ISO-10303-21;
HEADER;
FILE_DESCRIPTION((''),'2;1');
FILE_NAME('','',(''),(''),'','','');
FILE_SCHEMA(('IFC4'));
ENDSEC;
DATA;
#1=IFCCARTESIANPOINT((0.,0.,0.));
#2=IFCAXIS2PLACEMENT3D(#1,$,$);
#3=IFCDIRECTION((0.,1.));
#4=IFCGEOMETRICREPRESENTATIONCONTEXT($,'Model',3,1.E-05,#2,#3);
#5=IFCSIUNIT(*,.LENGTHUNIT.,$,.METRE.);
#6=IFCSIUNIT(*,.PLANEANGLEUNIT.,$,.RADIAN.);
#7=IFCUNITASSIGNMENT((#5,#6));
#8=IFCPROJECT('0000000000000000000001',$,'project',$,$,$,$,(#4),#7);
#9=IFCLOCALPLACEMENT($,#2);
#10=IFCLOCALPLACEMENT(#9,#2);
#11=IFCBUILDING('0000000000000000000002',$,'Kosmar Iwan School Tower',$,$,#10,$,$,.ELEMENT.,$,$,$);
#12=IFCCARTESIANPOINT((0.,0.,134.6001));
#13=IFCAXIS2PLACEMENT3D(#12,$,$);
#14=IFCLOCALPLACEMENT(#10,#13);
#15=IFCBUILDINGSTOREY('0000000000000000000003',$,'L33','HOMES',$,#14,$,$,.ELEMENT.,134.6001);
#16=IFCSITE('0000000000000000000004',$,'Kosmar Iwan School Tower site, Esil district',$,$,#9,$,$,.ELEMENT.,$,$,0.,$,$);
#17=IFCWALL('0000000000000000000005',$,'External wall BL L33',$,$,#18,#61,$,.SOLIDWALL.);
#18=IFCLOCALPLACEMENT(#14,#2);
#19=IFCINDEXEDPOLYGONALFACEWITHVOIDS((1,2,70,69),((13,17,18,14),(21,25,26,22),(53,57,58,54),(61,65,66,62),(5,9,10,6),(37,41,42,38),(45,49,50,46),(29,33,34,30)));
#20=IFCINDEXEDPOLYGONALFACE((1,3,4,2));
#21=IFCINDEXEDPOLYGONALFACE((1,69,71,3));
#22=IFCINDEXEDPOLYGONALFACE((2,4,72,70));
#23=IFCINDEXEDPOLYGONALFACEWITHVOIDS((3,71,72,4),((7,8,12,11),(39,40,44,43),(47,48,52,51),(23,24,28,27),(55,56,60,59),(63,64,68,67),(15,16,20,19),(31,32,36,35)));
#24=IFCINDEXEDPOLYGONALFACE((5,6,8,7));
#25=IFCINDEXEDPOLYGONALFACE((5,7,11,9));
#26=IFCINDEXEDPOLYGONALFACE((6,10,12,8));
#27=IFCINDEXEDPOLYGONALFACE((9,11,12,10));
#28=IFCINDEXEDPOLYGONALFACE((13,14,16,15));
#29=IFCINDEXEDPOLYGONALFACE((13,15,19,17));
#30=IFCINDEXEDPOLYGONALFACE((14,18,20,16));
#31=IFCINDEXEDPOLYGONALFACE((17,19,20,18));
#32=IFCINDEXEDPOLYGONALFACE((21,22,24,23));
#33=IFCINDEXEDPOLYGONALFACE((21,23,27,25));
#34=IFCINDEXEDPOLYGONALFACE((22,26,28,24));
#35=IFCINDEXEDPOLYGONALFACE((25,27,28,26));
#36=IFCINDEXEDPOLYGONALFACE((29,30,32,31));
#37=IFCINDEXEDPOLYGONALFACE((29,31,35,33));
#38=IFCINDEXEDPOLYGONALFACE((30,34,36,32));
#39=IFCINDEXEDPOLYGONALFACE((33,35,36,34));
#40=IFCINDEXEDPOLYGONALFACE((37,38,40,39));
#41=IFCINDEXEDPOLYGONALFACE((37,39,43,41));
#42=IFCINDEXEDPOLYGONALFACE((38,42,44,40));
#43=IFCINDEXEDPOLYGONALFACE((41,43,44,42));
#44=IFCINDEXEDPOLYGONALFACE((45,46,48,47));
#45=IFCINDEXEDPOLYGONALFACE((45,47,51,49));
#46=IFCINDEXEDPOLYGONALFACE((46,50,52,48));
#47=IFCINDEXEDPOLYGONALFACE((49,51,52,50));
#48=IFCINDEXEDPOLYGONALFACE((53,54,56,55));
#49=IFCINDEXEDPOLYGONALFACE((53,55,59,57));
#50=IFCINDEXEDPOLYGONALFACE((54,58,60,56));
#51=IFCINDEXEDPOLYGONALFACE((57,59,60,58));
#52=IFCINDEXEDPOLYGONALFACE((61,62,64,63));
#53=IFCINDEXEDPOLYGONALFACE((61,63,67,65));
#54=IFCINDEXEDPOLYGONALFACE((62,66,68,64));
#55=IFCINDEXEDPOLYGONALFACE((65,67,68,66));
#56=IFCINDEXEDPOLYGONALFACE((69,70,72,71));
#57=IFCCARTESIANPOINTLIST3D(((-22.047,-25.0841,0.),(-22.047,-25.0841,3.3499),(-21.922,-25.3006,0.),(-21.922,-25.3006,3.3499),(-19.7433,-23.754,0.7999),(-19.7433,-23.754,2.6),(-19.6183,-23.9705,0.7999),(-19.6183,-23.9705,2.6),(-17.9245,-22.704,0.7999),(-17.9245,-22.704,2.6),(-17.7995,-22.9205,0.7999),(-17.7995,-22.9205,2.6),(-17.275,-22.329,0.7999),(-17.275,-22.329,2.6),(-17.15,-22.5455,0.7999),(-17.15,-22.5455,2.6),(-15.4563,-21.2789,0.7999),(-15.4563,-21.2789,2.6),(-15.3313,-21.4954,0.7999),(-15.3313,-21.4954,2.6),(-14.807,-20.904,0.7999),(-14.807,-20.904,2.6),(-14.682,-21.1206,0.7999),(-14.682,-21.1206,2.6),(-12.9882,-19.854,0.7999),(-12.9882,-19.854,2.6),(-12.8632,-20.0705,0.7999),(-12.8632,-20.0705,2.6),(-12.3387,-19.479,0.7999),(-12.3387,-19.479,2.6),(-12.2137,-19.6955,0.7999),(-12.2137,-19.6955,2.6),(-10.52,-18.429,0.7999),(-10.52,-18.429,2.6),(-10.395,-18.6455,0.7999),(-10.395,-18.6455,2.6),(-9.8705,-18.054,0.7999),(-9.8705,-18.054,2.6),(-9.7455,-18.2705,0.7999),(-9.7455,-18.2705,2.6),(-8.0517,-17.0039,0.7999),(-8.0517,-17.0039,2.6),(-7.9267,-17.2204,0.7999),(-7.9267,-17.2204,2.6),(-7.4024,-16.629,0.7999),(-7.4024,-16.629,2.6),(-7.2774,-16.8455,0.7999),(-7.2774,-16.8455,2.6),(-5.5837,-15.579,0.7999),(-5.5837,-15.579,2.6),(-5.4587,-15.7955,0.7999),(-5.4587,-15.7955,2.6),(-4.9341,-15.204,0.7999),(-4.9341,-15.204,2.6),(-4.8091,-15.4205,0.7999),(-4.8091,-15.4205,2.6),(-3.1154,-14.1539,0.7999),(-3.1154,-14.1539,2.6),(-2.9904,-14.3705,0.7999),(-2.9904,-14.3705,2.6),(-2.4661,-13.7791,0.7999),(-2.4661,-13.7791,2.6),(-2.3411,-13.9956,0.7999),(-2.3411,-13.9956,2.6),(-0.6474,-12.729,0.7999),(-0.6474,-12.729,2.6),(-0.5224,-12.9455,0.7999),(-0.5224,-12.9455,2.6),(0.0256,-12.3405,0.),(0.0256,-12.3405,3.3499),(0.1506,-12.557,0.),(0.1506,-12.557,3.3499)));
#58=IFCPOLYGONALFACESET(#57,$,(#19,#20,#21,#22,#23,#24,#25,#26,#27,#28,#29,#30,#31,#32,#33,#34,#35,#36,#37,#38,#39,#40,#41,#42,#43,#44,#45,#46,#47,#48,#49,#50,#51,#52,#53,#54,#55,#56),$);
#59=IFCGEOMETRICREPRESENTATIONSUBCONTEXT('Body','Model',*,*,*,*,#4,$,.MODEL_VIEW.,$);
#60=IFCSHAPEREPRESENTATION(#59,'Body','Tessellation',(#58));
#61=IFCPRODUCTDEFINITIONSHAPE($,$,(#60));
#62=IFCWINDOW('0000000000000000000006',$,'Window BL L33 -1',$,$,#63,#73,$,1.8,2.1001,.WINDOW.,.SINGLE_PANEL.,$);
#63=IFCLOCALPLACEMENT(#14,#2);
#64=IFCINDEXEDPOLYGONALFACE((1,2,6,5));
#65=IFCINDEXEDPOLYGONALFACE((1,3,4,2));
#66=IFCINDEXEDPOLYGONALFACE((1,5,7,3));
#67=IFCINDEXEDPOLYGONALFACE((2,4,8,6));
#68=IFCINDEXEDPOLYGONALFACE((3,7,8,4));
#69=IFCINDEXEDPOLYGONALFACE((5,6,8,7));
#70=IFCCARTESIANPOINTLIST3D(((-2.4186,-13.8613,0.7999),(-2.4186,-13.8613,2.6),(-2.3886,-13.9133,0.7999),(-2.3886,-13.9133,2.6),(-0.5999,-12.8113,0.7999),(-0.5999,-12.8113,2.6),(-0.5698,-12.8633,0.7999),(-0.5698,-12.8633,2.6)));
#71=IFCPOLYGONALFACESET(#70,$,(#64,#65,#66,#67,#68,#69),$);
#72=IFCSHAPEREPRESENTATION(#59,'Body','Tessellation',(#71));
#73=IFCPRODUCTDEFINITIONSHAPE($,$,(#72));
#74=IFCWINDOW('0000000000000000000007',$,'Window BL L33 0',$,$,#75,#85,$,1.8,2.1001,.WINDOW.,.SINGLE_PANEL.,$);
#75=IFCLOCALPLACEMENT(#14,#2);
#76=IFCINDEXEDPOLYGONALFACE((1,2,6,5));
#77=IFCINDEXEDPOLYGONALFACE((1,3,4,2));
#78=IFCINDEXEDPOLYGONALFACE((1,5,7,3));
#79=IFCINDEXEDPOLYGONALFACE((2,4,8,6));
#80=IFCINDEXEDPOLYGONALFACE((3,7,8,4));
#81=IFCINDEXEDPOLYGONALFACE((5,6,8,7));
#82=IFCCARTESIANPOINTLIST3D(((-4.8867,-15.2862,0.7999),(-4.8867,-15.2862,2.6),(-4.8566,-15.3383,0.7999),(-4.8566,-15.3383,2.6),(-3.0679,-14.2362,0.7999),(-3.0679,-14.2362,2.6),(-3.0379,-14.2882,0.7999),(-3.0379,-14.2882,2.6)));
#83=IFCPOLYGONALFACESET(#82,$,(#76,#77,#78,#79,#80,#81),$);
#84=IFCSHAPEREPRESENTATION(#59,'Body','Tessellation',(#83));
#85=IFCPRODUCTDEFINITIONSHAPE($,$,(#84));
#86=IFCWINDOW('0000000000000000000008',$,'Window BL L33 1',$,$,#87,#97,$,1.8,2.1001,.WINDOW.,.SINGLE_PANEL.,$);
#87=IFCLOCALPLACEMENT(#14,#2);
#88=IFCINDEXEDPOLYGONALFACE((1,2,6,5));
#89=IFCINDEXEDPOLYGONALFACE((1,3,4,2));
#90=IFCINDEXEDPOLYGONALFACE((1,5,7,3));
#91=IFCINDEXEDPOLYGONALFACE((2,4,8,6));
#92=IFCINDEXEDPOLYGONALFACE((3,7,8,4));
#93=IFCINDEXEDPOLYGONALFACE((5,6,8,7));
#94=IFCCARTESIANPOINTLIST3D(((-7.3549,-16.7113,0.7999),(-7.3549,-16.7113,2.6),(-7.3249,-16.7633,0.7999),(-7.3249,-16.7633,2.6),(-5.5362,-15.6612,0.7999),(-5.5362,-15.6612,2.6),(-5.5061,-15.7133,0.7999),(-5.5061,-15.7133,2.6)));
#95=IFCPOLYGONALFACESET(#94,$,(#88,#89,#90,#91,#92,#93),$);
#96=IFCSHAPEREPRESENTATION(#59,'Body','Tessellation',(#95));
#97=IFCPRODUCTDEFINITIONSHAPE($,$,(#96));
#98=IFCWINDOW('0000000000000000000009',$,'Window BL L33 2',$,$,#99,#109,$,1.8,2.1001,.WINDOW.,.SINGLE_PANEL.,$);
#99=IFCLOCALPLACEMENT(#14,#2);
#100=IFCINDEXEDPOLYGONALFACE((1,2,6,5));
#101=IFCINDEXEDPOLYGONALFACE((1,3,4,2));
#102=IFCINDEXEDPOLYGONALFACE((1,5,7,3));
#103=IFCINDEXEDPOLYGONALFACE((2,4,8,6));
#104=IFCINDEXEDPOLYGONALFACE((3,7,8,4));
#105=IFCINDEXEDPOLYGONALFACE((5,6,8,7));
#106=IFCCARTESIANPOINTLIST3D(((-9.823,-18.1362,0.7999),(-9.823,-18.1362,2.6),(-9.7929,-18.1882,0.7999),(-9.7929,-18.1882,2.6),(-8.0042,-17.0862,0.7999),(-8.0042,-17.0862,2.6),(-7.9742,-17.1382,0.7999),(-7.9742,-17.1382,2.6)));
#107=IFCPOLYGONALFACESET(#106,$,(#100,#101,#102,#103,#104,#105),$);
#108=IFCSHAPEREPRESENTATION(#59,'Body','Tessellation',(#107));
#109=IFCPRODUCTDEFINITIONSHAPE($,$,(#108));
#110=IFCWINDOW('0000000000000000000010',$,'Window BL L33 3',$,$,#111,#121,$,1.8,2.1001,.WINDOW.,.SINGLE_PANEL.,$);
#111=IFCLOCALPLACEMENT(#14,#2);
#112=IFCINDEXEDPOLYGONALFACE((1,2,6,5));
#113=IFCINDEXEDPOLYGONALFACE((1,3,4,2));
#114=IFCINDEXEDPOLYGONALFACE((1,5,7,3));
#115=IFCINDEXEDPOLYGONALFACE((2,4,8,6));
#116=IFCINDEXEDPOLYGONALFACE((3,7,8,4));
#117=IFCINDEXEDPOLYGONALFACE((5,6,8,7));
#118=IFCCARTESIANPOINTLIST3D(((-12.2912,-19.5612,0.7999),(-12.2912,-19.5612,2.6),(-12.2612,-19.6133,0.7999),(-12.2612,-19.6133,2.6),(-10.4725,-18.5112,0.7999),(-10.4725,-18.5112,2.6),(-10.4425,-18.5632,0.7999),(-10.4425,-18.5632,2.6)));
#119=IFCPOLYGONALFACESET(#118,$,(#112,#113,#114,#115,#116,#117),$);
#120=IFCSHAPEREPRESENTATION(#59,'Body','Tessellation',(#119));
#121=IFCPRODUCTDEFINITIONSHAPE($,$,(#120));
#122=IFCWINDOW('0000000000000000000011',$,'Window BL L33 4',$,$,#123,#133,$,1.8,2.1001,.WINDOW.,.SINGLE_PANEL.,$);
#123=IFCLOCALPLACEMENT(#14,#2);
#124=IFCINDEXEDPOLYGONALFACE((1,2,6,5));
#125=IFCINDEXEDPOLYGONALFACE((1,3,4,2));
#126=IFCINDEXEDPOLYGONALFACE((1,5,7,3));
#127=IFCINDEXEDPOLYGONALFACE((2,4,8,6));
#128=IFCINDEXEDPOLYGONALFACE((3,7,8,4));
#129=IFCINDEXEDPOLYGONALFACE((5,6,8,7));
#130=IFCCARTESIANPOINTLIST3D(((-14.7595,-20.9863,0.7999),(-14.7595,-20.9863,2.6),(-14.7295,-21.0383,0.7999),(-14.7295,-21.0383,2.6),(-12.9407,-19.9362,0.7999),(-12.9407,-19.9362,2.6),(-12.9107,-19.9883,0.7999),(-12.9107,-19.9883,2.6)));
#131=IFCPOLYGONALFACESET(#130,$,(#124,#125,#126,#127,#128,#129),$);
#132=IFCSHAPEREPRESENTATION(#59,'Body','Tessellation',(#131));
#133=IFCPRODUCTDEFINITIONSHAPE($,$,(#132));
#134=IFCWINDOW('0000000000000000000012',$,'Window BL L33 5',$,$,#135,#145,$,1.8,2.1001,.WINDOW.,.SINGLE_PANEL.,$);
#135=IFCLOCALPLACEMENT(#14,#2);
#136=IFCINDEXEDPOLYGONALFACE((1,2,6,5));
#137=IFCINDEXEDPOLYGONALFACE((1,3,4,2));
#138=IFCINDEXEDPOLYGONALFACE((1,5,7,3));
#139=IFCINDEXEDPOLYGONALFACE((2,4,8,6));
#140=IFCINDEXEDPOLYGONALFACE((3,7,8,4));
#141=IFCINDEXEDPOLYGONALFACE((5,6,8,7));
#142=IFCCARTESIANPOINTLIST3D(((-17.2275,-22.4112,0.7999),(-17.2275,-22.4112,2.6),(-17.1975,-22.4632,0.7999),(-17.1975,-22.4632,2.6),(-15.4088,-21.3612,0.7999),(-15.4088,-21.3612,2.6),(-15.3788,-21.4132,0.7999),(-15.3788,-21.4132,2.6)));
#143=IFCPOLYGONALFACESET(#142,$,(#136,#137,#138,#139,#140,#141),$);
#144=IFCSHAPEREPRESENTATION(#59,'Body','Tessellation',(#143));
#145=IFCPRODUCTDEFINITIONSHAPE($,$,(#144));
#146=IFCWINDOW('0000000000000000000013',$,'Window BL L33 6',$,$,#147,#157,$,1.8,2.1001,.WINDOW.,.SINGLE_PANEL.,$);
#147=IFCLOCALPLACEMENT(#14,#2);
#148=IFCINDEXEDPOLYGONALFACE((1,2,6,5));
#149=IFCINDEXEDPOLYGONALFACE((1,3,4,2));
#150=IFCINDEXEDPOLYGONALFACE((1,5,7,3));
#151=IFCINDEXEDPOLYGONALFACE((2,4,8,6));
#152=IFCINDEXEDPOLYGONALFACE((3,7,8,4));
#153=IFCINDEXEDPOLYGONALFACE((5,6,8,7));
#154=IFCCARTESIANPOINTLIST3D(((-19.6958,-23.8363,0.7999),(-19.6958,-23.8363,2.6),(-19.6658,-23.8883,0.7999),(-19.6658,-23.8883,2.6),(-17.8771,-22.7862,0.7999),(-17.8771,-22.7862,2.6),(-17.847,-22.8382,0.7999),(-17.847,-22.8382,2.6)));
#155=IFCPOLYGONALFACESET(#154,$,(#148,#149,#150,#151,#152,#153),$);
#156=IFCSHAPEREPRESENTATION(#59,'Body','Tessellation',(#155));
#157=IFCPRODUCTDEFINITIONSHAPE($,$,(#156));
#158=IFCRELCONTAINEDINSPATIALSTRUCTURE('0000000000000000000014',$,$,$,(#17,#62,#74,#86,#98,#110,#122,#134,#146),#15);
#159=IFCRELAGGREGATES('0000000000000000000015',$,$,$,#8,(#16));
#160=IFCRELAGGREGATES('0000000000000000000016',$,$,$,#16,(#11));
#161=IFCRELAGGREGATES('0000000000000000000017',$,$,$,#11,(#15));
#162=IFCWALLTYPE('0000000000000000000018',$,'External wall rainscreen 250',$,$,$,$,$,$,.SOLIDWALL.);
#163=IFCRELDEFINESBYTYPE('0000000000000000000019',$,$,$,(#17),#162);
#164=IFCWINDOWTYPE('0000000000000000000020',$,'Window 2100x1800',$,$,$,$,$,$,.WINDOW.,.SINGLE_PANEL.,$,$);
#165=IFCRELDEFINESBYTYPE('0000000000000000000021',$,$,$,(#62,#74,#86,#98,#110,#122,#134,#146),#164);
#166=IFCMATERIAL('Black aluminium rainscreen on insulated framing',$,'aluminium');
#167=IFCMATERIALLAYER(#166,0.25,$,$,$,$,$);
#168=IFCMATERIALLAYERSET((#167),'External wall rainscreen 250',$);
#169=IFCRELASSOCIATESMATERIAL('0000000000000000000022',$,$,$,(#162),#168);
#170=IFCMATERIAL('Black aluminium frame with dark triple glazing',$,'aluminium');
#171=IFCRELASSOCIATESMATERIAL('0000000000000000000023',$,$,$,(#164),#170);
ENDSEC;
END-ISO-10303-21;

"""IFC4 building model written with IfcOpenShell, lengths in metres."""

from ifc_helpers import new_model, si_unit, direction, frame, frame_2d, origin, place, context, subcontext, project, spatial, rectangle, extrude, material, layer, layer_set, type_object, element, fill, save


model = new_model("IFC4")

# Units and contexts
model_context = context("Model", 3, precision=1e-05, world=origin(), true_north=direction((0.0, 1.0)))
body_context = subcontext(model_context, "Body", "Model", "MODEL_VIEW")
ifc_project = project(units=[si_unit("LENGTHUNIT", "METRE"), si_unit("PLANEANGLEUNIT", "RADIAN")], contexts=[model_context])

# Site, building, storey
site_placement = place(None, origin())
site = spatial("IfcSite", under=ifc_project, at=site_placement, Name="Kosmar Iwan School Tower site, Esil district", CompositionType="ELEMENT", RefElevation=0.0)
building_placement = place(site_placement, origin())
building = spatial("IfcBuilding", under=site, at=building_placement, Name="Kosmar Iwan School Tower", CompositionType="ELEMENT")
storey_placement = place(building_placement, frame((0.0, 0.0, 134.6001)))
storey = spatial("IfcBuildingStorey", under=building, at=storey_placement, Name="L33", Description="HOMES", CompositionType="ELEMENT", Elevation=134.6001)

# Wall, openings, windows
ifc_material_1 = material(Name="Black aluminium rainscreen on insulated framing", Category="aluminium")
ifc_layer_1 = layer(ifc_material_1, 0.25)
ifc_layer_set_1 = layer_set([ifc_layer_1], Name="External wall rainscreen 250")
wall_type_1 = type_object("IfcWallType", Name="External wall rainscreen 250", PredefinedType="SOLIDWALL", material=ifc_layer_set_1)
wall_1_placement = place(storey_placement, frame((0.0881, -12.4487, 0.0), z_axis=(0.0, 0.0, 1.0), x_axis=(-0.866026, -0.499998, 0.0)))
wall_1 = element("IfcWall", 1, at=wall_1_placement, inside=storey, type_object=wall_type_1, Name="External wall BL L33", PredefinedType="SOLIDWALL", context=body_context, shape_type="SweptSolid", body=[
    extrude(rectangle(XDim=25.4873, YDim=0.25, at=frame_2d((12.7437, 0.0))), origin(), (0.0, 0.0, 1.0), 3.3499),
])
opening_1_placement = place(wall_1_placement, frame((0.7771, 0.0, 0.8)))
opening_1 = element("IfcOpeningElement", 2, at=opening_1_placement, cuts=wall_1, PredefinedType="OPENING", context=body_context, shape_type="SweptSolid", body=[
    extrude(rectangle(XDim=2.1001, YDim=1.8, at=frame_2d((1.05, 0.8999))), frame((0.0, 0.137, 0.0), z_axis=(0.0, -1.0, 0.0), x_axis=(1.0, 0.0, 0.0)), (0.0, 0.0, 1.0), 0.2739),
])
opening_2_placement = place(wall_1_placement, frame((3.627, 0.0, 0.8)))
opening_2 = element("IfcOpeningElement", 3, at=opening_2_placement, cuts=wall_1, PredefinedType="OPENING", context=body_context, shape_type="SweptSolid", body=[
    extrude(rectangle(XDim=2.1001, YDim=1.8, at=frame_2d((1.05, 0.8999))), frame((0.0, 0.137, 0.0), z_axis=(0.0, -1.0, 0.0), x_axis=(1.0, 0.0, 0.0)), (0.0, 0.0, 1.0), 0.2739),
])
opening_3_placement = place(wall_1_placement, frame((6.4771, 0.0, 0.8)))
opening_3 = element("IfcOpeningElement", 4, at=opening_3_placement, cuts=wall_1, PredefinedType="OPENING", context=body_context, shape_type="SweptSolid", body=[
    extrude(rectangle(XDim=2.1001, YDim=1.8, at=frame_2d((1.05, 0.8999))), frame((0.0, 0.137, 0.0), z_axis=(0.0, -1.0, 0.0), x_axis=(1.0, 0.0, 0.0)), (0.0, 0.0, 1.0), 0.2739),
])
opening_4_placement = place(wall_1_placement, frame((9.3269, 0.0, 0.8)))
opening_4 = element("IfcOpeningElement", 5, at=opening_4_placement, cuts=wall_1, PredefinedType="OPENING", context=body_context, shape_type="SweptSolid", body=[
    extrude(rectangle(XDim=2.1001, YDim=1.8, at=frame_2d((1.05, 0.8999))), frame((0.0, 0.137, 0.0), z_axis=(0.0, -1.0, 0.0), x_axis=(1.0, 0.0, 0.0)), (0.0, 0.0, 1.0), 0.2739),
])
opening_5_placement = place(wall_1_placement, frame((12.177, 0.0, 0.8)))
opening_5 = element("IfcOpeningElement", 6, at=opening_5_placement, cuts=wall_1, PredefinedType="OPENING", context=body_context, shape_type="SweptSolid", body=[
    extrude(rectangle(XDim=2.1001, YDim=1.8, at=frame_2d((1.05, 0.8999))), frame((0.0, 0.137, 0.0), z_axis=(0.0, -1.0, 0.0), x_axis=(1.0, 0.0, 0.0)), (0.0, 0.0, 1.0), 0.2739),
])
opening_6_placement = place(wall_1_placement, frame((15.0271, 0.0, 0.8)))
opening_6 = element("IfcOpeningElement", 7, at=opening_6_placement, cuts=wall_1, PredefinedType="OPENING", context=body_context, shape_type="SweptSolid", body=[
    extrude(rectangle(XDim=2.1001, YDim=1.8, at=frame_2d((1.05, 0.8999))), frame((0.0, 0.137, 0.0), z_axis=(0.0, -1.0, 0.0), x_axis=(1.0, 0.0, 0.0)), (0.0, 0.0, 1.0), 0.2739),
])
opening_7_placement = place(wall_1_placement, frame((17.877, 0.0, 0.8)))
opening_7 = element("IfcOpeningElement", 8, at=opening_7_placement, cuts=wall_1, PredefinedType="OPENING", context=body_context, shape_type="SweptSolid", body=[
    extrude(rectangle(XDim=2.1001, YDim=1.8, at=frame_2d((1.05, 0.8999))), frame((0.0, 0.137, 0.0), z_axis=(0.0, -1.0, 0.0), x_axis=(1.0, 0.0, 0.0)), (0.0, 0.0, 1.0), 0.2739),
])
opening_8_placement = place(wall_1_placement, frame((20.7271, 0.0, 0.8)))
opening_8 = element("IfcOpeningElement", 9, at=opening_8_placement, cuts=wall_1, PredefinedType="OPENING", context=body_context, shape_type="SweptSolid", body=[
    extrude(rectangle(XDim=2.1001, YDim=1.8, at=frame_2d((1.05, 0.8999))), frame((0.0, 0.137, 0.0), z_axis=(0.0, -1.0, 0.0), x_axis=(1.0, 0.0, 0.0)), (0.0, 0.0, 1.0), 0.2739),
])
ifc_material_2 = material(Name="Black aluminium frame with dark triple glazing", Category="aluminium")
window_type = type_object("IfcWindowType", Name="Window 2100x1800", PartitioningType="SINGLE_PANEL", PredefinedType="WINDOW", material=ifc_material_2)
window_1_placement = place(opening_1_placement, origin())
window_1 = element("IfcWindow", 10, at=window_1_placement, inside=storey, type_object=window_type, Name="Window BL L33 -1", OverallHeight=1.8, OverallWidth=2.1001, PartitioningType="SINGLE_PANEL", PredefinedType="WINDOW", context=body_context, shape_type="SweptSolid", body=[
    extrude(rectangle(XDim=2.1001, YDim=1.8, at=frame_2d((1.05, 0.8999))), frame((0.0, 0.03, 0.0), z_axis=(0.0, -1.0, 0.0), x_axis=(1.0, 0.0, 0.0)), (0.0, 0.0, 1.0), 0.0601),
])
fill(opening_1, window_1)
window_2_placement = place(opening_2_placement, origin())
window_2 = element("IfcWindow", 11, at=window_2_placement, inside=storey, type_object=window_type, Name="Window BL L33 0", OverallHeight=1.8, OverallWidth=2.1001, PartitioningType="SINGLE_PANEL", PredefinedType="WINDOW", context=body_context, shape_type="SweptSolid", body=[
    extrude(rectangle(XDim=2.1001, YDim=1.8, at=frame_2d((1.05, 0.8999))), frame((0.0, 0.03, 0.0), z_axis=(0.0, -1.0, 0.0), x_axis=(1.0, 0.0, 0.0)), (0.0, 0.0, 1.0), 0.0601),
])
fill(opening_2, window_2)
window_3_placement = place(opening_3_placement, origin())
window_3 = element("IfcWindow", 12, at=window_3_placement, inside=storey, type_object=window_type, Name="Window BL L33 1", OverallHeight=1.8, OverallWidth=2.1001, PartitioningType="SINGLE_PANEL", PredefinedType="WINDOW", context=body_context, shape_type="SweptSolid", body=[
    extrude(rectangle(XDim=2.1001, YDim=1.8, at=frame_2d((1.05, 0.8999))), frame((0.0, 0.03, 0.0), z_axis=(0.0, -1.0, 0.0), x_axis=(1.0, 0.0, 0.0)), (0.0, 0.0, 1.0), 0.0601),
])
fill(opening_3, window_3)
window_4_placement = place(opening_4_placement, origin())
window_4 = element("IfcWindow", 13, at=window_4_placement, inside=storey, type_object=window_type, Name="Window BL L33 2", OverallHeight=1.8, OverallWidth=2.1001, PartitioningType="SINGLE_PANEL", PredefinedType="WINDOW", context=body_context, shape_type="SweptSolid", body=[
    extrude(rectangle(XDim=2.1001, YDim=1.8, at=frame_2d((1.05, 0.8999))), frame((0.0, 0.03, 0.0), z_axis=(0.0, -1.0, 0.0), x_axis=(1.0, 0.0, 0.0)), (0.0, 0.0, 1.0), 0.0601),
])
fill(opening_4, window_4)
window_5_placement = place(opening_5_placement, origin())
window_5 = element("IfcWindow", 14, at=window_5_placement, inside=storey, type_object=window_type, Name="Window BL L33 3", OverallHeight=1.8, OverallWidth=2.1001, PartitioningType="SINGLE_PANEL", PredefinedType="WINDOW", context=body_context, shape_type="SweptSolid", body=[
    extrude(rectangle(XDim=2.1001, YDim=1.8, at=frame_2d((1.05, 0.8999))), frame((0.0, 0.03, 0.0), z_axis=(0.0, -1.0, 0.0), x_axis=(1.0, 0.0, 0.0)), (0.0, 0.0, 1.0), 0.0601),
])
fill(opening_5, window_5)
window_6_placement = place(opening_6_placement, origin())
window_6 = element("IfcWindow", 15, at=window_6_placement, inside=storey, type_object=window_type, Name="Window BL L33 4", OverallHeight=1.8, OverallWidth=2.1001, PartitioningType="SINGLE_PANEL", PredefinedType="WINDOW", context=body_context, shape_type="SweptSolid", body=[
    extrude(rectangle(XDim=2.1001, YDim=1.8, at=frame_2d((1.05, 0.8999))), frame((0.0, 0.03, 0.0), z_axis=(0.0, -1.0, 0.0), x_axis=(1.0, 0.0, 0.0)), (0.0, 0.0, 1.0), 0.0601),
])
fill(opening_6, window_6)
window_7_placement = place(opening_7_placement, origin())
window_7 = element("IfcWindow", 16, at=window_7_placement, inside=storey, type_object=window_type, Name="Window BL L33 5", OverallHeight=1.8, OverallWidth=2.1001, PartitioningType="SINGLE_PANEL", PredefinedType="WINDOW", context=body_context, shape_type="SweptSolid", body=[
    extrude(rectangle(XDim=2.1001, YDim=1.8, at=frame_2d((1.05, 0.8999))), frame((0.0, 0.03, 0.0), z_axis=(0.0, -1.0, 0.0), x_axis=(1.0, 0.0, 0.0)), (0.0, 0.0, 1.0), 0.0601),
])
fill(opening_7, window_7)
window_8_placement = place(opening_8_placement, origin())
window_8 = element("IfcWindow", 17, at=window_8_placement, inside=storey, type_object=window_type, Name="Window BL L33 6", OverallHeight=1.8, OverallWidth=2.1001, PartitioningType="SINGLE_PANEL", PredefinedType="WINDOW", context=body_context, shape_type="SweptSolid", body=[
    extrude(rectangle(XDim=2.1001, YDim=1.8, at=frame_2d((1.05, 0.8999))), frame((0.0, 0.03, 0.0), z_axis=(0.0, -1.0, 0.0), x_axis=(1.0, 0.0, 0.0)), (0.0, 0.0, 1.0), 0.0601),
])
fill(opening_8, window_8)

save(model, "model.ifc")
